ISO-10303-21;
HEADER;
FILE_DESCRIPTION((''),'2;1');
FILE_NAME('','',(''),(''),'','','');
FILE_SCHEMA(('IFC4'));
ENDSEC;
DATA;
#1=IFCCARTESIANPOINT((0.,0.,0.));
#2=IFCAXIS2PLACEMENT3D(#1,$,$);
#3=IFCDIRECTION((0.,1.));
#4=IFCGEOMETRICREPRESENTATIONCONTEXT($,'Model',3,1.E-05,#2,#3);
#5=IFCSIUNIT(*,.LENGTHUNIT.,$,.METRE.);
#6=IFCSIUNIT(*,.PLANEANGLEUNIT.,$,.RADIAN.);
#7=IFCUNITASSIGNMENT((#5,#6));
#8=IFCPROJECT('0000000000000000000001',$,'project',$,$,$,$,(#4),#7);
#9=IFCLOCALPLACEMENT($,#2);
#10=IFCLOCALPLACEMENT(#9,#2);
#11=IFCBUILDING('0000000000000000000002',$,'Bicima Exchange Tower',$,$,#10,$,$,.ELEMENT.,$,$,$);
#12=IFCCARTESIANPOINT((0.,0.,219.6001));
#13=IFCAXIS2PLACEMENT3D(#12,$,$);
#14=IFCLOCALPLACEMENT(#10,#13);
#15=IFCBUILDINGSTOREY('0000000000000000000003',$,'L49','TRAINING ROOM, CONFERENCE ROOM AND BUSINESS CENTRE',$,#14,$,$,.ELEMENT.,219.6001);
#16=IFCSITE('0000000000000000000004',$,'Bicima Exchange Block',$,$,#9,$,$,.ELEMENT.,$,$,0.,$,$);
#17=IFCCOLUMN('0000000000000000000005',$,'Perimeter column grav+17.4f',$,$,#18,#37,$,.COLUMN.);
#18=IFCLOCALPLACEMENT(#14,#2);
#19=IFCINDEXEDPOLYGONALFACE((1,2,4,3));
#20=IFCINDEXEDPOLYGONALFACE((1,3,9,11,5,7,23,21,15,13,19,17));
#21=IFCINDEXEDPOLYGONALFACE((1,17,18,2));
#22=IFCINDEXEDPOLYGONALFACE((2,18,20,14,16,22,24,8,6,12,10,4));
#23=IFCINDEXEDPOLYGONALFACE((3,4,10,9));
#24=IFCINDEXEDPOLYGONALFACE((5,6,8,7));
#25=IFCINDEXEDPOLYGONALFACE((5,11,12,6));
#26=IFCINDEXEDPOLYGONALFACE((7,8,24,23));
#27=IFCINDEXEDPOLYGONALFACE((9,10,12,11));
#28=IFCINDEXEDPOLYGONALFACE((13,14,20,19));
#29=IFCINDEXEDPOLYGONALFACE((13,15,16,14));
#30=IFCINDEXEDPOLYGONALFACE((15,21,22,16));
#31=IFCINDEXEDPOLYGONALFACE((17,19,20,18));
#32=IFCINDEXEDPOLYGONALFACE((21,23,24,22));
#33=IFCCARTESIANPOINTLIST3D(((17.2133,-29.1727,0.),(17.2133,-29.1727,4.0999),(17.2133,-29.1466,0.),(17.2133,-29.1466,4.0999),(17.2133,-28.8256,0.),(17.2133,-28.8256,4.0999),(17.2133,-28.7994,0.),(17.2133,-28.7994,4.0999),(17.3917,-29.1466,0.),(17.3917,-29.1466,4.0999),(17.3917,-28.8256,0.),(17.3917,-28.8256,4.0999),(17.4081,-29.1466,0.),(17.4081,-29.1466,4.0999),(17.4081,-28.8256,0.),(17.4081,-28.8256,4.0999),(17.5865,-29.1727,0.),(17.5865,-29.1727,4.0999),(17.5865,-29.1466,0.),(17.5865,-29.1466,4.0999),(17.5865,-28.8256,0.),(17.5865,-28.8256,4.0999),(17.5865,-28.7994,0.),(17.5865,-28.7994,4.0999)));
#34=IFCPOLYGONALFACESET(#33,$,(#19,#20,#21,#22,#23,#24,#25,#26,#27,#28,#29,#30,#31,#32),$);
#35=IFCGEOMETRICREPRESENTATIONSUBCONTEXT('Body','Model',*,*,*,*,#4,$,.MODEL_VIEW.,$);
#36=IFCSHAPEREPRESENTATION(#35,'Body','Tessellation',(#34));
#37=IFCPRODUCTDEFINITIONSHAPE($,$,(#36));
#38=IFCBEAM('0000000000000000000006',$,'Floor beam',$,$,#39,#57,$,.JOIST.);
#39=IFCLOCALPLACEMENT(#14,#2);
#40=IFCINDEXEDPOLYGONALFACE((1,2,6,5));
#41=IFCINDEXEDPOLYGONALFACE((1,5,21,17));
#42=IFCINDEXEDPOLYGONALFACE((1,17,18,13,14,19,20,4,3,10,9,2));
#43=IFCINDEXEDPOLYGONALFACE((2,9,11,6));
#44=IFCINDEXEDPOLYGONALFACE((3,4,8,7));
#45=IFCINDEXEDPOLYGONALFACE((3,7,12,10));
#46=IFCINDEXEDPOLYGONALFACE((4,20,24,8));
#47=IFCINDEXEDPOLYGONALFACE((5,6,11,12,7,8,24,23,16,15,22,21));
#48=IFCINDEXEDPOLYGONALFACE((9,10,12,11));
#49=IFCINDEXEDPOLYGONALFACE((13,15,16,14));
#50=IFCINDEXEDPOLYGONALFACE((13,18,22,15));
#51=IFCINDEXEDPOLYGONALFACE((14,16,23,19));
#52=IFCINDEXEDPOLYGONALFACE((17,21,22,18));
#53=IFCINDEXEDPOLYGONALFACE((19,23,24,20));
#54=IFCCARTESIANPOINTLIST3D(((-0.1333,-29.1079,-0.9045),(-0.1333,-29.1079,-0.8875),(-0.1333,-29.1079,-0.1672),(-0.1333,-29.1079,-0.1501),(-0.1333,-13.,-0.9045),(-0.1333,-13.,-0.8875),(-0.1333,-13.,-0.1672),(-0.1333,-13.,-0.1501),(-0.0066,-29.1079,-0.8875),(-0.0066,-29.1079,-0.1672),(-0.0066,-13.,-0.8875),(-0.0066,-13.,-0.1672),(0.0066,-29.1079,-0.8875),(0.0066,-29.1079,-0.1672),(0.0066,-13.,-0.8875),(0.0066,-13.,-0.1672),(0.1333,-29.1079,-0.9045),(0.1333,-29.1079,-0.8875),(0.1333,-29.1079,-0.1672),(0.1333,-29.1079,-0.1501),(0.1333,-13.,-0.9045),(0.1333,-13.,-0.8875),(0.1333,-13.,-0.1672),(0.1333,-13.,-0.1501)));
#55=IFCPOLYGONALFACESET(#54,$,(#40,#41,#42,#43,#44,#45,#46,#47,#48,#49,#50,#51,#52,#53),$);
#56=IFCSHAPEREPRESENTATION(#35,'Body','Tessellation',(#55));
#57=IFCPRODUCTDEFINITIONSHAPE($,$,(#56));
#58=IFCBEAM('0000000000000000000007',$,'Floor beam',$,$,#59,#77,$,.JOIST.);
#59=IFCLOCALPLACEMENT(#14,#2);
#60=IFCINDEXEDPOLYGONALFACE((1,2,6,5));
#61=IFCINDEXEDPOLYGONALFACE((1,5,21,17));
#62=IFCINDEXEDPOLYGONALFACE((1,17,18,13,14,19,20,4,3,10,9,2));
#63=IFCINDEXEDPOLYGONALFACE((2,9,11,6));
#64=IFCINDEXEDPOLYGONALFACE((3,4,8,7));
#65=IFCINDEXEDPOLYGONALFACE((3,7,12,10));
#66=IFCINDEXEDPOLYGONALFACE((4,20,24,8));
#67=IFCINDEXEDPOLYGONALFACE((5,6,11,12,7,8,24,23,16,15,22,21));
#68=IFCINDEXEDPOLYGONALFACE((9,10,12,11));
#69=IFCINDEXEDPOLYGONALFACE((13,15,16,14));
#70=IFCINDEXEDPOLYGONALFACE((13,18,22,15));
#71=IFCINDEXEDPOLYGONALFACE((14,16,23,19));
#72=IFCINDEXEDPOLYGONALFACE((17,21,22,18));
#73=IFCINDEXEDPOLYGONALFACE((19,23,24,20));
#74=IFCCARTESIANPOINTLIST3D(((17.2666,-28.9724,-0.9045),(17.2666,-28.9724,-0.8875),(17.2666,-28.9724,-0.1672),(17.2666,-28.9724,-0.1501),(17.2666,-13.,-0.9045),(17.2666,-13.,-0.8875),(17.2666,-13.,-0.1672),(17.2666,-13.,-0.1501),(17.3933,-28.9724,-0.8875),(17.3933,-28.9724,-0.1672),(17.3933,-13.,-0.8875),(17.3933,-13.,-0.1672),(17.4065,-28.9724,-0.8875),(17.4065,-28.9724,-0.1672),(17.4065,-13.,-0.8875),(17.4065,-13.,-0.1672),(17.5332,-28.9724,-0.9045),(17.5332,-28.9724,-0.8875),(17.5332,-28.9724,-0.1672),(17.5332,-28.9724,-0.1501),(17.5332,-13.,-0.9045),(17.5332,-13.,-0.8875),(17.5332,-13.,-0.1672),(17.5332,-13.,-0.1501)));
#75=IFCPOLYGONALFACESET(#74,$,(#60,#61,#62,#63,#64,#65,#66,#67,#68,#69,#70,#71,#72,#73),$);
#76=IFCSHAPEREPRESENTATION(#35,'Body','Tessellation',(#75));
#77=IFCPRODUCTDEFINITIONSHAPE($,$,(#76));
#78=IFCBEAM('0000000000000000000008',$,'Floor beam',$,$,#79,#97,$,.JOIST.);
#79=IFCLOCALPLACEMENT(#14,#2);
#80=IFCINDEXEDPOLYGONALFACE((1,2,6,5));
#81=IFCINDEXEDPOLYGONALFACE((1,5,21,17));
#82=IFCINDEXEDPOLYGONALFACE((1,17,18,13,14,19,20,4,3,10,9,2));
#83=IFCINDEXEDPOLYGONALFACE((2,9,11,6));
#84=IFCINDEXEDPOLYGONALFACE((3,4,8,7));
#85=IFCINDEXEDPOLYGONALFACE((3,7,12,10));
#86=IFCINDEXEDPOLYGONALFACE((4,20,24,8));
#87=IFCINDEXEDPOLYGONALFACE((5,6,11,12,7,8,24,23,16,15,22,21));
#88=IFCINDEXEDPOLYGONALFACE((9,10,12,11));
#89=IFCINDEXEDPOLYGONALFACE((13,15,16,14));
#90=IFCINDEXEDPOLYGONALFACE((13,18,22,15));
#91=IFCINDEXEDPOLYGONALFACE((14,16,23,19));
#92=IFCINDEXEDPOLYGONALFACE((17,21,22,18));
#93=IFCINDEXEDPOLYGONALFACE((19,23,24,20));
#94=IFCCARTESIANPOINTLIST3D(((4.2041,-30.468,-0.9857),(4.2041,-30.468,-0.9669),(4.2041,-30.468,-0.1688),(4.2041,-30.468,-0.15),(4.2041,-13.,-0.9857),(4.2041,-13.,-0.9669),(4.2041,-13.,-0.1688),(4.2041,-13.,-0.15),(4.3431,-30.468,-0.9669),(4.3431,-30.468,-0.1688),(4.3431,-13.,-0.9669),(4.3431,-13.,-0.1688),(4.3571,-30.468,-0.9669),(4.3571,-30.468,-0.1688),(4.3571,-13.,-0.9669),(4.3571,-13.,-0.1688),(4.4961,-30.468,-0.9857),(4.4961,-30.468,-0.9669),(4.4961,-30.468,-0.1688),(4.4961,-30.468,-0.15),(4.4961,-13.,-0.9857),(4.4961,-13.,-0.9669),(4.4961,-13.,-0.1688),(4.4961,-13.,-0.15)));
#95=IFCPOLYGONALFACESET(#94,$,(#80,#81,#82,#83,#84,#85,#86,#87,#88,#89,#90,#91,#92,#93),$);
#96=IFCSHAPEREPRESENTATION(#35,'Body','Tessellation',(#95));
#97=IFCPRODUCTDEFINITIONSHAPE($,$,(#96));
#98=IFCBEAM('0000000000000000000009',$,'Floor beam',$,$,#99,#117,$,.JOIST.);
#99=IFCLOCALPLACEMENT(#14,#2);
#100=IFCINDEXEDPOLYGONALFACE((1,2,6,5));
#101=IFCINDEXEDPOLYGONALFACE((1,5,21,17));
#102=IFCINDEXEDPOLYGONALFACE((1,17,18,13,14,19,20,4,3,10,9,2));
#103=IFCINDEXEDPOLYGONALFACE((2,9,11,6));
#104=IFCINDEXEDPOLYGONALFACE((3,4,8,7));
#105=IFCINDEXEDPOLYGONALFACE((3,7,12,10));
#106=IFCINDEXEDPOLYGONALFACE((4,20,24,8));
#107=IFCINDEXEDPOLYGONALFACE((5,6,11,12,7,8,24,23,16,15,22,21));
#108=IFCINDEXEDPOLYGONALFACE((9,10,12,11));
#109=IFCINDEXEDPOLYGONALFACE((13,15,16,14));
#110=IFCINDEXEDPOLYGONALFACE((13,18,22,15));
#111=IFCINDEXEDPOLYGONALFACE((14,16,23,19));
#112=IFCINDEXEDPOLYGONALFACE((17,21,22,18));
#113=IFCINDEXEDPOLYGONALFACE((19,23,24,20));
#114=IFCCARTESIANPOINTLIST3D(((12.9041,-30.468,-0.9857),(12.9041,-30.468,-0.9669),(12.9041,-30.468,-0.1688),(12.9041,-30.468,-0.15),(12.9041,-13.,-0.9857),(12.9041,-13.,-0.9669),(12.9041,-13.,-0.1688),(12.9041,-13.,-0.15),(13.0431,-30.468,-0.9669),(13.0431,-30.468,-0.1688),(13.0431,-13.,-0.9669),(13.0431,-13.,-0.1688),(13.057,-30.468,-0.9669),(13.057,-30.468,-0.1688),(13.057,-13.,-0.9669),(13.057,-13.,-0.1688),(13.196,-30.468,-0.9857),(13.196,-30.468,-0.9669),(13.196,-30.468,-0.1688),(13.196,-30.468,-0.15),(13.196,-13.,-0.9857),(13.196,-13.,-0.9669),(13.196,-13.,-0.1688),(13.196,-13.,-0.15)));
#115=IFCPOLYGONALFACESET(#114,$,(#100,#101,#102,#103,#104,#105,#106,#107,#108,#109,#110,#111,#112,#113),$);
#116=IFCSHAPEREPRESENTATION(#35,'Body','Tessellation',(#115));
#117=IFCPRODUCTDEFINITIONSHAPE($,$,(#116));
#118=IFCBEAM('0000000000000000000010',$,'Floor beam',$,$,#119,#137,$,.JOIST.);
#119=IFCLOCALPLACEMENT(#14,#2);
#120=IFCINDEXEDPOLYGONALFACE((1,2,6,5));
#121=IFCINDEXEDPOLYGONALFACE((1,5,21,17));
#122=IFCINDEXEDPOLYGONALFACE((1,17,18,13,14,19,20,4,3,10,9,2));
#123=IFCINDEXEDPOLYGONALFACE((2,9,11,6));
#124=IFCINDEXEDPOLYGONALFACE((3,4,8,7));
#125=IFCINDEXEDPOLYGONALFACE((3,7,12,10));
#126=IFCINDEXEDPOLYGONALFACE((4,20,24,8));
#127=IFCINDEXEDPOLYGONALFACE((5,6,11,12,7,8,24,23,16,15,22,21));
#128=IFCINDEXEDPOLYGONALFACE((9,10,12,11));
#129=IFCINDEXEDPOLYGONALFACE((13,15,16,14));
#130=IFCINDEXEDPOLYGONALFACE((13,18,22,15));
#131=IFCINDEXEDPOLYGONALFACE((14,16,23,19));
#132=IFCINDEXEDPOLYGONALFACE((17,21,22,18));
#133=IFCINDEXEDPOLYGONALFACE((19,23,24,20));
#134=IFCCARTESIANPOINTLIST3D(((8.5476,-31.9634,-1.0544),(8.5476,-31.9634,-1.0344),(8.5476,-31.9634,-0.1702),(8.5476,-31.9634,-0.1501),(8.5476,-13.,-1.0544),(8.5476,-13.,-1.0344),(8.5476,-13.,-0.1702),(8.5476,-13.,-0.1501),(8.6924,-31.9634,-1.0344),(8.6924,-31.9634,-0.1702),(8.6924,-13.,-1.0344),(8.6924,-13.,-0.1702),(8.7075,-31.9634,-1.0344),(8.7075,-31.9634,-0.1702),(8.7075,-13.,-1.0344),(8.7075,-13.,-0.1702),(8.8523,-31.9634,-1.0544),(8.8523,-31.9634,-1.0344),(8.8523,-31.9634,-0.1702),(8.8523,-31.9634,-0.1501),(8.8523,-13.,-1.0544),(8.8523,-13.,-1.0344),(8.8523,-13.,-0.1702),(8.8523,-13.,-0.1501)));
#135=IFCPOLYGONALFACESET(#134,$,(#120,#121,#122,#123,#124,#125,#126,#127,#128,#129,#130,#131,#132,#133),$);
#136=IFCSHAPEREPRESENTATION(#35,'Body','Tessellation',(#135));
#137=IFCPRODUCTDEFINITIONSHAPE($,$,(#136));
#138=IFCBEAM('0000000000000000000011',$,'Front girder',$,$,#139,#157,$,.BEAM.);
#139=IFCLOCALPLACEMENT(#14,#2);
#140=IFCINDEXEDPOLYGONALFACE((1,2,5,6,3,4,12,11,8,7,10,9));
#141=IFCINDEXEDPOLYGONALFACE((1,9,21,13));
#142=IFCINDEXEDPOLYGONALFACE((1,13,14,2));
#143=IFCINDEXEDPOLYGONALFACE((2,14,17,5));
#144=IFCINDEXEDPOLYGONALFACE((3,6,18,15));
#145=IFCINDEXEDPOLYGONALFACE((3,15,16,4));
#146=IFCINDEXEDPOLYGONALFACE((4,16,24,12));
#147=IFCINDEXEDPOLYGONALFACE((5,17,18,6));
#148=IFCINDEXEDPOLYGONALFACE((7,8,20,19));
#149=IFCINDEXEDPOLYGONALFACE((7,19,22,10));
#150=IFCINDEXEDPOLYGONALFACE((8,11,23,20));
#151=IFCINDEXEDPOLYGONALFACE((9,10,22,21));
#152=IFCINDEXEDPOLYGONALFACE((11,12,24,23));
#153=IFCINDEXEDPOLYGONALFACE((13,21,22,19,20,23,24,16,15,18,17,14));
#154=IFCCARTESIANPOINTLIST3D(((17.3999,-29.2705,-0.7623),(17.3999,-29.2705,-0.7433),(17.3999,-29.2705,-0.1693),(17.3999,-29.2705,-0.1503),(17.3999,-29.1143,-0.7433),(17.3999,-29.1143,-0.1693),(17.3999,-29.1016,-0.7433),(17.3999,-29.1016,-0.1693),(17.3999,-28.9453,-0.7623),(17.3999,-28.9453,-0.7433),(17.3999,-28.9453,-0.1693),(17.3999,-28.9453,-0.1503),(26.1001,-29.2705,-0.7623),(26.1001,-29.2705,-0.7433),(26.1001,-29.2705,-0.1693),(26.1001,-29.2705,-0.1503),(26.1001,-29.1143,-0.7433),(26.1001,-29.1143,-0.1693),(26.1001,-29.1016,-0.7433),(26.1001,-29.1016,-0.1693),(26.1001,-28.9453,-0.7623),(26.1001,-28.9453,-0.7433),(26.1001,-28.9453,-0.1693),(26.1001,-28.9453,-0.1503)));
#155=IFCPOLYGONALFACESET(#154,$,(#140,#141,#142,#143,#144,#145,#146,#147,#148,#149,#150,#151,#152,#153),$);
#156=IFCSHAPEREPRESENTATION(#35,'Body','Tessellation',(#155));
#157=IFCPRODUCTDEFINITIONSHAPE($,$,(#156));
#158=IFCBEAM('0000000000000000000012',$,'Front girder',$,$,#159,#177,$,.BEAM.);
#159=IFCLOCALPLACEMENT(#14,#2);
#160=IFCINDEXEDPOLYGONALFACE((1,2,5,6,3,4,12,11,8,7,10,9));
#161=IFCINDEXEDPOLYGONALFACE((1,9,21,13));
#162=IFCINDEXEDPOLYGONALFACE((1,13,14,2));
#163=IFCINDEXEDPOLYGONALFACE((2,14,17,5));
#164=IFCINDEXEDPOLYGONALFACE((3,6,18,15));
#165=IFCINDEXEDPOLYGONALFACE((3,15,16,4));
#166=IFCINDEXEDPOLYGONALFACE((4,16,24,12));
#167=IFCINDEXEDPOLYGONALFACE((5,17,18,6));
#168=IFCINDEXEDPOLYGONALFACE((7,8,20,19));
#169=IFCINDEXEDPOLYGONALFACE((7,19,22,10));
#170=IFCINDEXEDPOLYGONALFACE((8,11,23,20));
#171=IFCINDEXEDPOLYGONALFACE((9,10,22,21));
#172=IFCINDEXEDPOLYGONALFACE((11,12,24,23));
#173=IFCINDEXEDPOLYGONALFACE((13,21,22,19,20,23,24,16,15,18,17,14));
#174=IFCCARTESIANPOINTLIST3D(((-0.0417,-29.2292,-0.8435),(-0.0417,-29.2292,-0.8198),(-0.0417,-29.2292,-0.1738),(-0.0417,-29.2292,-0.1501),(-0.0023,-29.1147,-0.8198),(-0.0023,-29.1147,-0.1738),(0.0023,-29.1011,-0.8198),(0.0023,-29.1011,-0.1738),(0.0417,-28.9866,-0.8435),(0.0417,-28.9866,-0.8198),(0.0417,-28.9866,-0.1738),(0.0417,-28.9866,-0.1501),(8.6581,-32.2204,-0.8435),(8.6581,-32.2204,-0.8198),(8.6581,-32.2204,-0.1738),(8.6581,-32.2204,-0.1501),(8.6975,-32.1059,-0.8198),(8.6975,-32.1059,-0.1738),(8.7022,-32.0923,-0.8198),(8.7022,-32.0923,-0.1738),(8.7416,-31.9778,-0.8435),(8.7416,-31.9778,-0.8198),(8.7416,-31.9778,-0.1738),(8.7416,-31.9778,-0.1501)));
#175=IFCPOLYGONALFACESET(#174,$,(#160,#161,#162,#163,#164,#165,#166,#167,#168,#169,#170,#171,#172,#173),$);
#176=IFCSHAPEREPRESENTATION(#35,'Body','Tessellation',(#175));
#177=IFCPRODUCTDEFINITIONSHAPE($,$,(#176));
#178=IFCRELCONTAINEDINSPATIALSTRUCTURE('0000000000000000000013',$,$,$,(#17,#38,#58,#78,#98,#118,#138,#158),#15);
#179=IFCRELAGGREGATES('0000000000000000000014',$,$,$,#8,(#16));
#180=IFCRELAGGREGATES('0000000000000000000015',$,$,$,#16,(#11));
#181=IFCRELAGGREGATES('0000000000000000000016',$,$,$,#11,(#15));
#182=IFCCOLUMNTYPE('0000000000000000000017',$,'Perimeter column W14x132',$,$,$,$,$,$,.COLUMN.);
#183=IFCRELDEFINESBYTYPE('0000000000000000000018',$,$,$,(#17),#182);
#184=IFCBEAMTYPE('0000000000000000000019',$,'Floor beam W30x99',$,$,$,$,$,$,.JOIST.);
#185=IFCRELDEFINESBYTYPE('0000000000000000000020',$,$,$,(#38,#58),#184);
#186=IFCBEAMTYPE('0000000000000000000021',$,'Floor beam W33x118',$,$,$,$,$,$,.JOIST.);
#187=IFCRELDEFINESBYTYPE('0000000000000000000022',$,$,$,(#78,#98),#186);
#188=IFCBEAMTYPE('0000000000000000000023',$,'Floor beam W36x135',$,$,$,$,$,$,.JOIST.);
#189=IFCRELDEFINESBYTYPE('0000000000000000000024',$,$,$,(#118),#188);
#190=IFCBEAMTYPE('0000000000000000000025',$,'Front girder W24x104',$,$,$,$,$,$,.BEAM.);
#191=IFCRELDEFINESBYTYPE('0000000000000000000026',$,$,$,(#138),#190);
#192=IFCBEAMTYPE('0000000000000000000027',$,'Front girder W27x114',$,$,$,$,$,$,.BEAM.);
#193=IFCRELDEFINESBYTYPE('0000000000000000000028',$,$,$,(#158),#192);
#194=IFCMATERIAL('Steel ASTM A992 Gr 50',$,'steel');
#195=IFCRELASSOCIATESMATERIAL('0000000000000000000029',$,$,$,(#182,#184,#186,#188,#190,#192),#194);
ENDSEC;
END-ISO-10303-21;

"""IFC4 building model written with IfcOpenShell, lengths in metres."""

from ifc_helpers import new_model, si_unit, direction, frame, origin, origin_2d, place, context, subcontext, project, spatial, i_section, extrude, material, material_profile, profile_set, type_object, element, save


model = new_model("IFC4")

# Units and contexts
model_context = context("Model", 3, precision=1e-05, world=origin(), true_north=direction((0.0, 1.0)))
body_context = subcontext(model_context, "Body", "Model", "MODEL_VIEW")
ifc_project = project(units=[si_unit("LENGTHUNIT", "METRE"), si_unit("PLANEANGLEUNIT", "RADIAN")], contexts=[model_context])

# Site, building, storey
site_placement = place(None, origin())
site = spatial("IfcSite", under=ifc_project, at=site_placement, Name="Bicima Exchange Block", CompositionType="ELEMENT", RefElevation=0.0)
building_placement = place(site_placement, origin())
building = spatial("IfcBuilding", under=site, at=building_placement, Name="Bicima Exchange Tower", CompositionType="ELEMENT")
storey_placement = place(building_placement, frame((0.0, 0.0, 219.6001)))
storey = spatial("IfcBuildingStorey", under=building, at=storey_placement, Name="L49", Description="TRAINING ROOM, CONFERENCE ROOM AND BUSINESS CENTRE", CompositionType="ELEMENT", Elevation=219.6001)

# Column
ifc_material_1 = material(Name="Steel ASTM A992 Gr 50", Category="steel")
ifc_material_profile_1 = material_profile(ifc_material_1, i_section(OverallWidth=0.3733, OverallDepth=0.3733, WebThickness=0.0164, FlangeThickness=0.0261, at=origin_2d()))
ifc_profile_set_1 = profile_set([ifc_material_profile_1], Name="Steel ASTM A992 Gr 50")
column_type = type_object("IfcColumnType", Name="Perimeter column W14x132", PredefinedType="COLUMN", material=ifc_profile_set_1)
column_placement = place(storey_placement, frame((17.3999, -28.9861, 0.0), z_axis=(0.0, 0.0, 1.0), x_axis=(1.0, 0.0, 0.0)))
element("IfcColumn", 1, at=column_placement, inside=storey, type_object=column_type, Name="Perimeter column grav+17.4f", PredefinedType="COLUMN", context=body_context, shape_type="SweptSolid", body=[
    extrude(i_section(OverallWidth=0.3733, OverallDepth=0.3733, WebThickness=0.0164, FlangeThickness=0.0261, at=origin_2d()), origin(), (0.0, 0.0, 1.0), 4.0999),
])

# Beams
ifc_material_profile_2 = material_profile(ifc_material_1, i_section(OverallWidth=0.2666, OverallDepth=0.7544, WebThickness=0.0132, FlangeThickness=0.0171, at=origin_2d()))
ifc_profile_set_2 = profile_set([ifc_material_profile_2], Name="Steel ASTM A992 Gr 50")
beam_type_1 = type_object("IfcBeamType", Name="Floor beam W30x99", PredefinedType="JOIST", material=ifc_profile_set_2)
beam_1_placement = place(storey_placement, frame((0.0, -13.0, -0.5273), z_axis=(0.0, -1.0, 0.0), x_axis=(1.0, 0.0, 0.0)))
element("IfcBeam", 2, at=beam_1_placement, inside=storey, type_object=beam_type_1, Name="Floor beam", PredefinedType="JOIST", context=body_context, shape_type="SweptSolid", body=[
    extrude(i_section(OverallWidth=0.2666, OverallDepth=0.7544, WebThickness=0.0132, FlangeThickness=0.0171, at=origin_2d()), origin(), (0.0, 0.0, 1.0), 16.1079),
])
beam_2_placement = place(storey_placement, frame((17.3999, -13.0, -0.5273), z_axis=(0.0, -1.0, 0.0), x_axis=(1.0, 0.0, 0.0)))
element("IfcBeam", 3, at=beam_2_placement, inside=storey, type_object=beam_type_1, Name="Floor beam", PredefinedType="JOIST", context=body_context, shape_type="SweptSolid", body=[
    extrude(i_section(OverallWidth=0.2666, OverallDepth=0.7544, WebThickness=0.0132, FlangeThickness=0.0171, at=origin_2d()), origin(), (0.0, 0.0, 1.0), 15.9724),
])
ifc_material_profile_3 = material_profile(ifc_material_1, i_section(OverallWidth=0.292, OverallDepth=0.8357, WebThickness=0.0139, FlangeThickness=0.0188, at=origin_2d()))
ifc_profile_set_3 = profile_set([ifc_material_profile_3], Name="Steel ASTM A992 Gr 50")
beam_type_2 = type_object("IfcBeamType", Name="Floor beam W33x118", PredefinedType="JOIST", material=ifc_profile_set_3)
for number, where, z_axis, x_axis, name in (
    (4, (4.3501, -13.0, -0.5679), (0.0, -1.0, 0.0), (1.0, 0.0, 0.0), "Floor beam"),
    (5, (13.05, -13.0, -0.5679), (0.0, -1.0, 0.0), (1.0, 0.0, 0.0), "Floor beam"),
):
    element("IfcBeam", number, at=place(storey_placement, frame(where, z_axis=z_axis, x_axis=x_axis)), inside=storey, type_object=beam_type_2, Name=name, PredefinedType="JOIST", context=body_context, shape_type="SweptSolid", body=[
        extrude(i_section(OverallWidth=0.292, OverallDepth=0.8357, WebThickness=0.0139, FlangeThickness=0.0188, at=origin_2d()), origin(), (0.0, 0.0, 1.0), 17.468),
    ])
ifc_material_profile_4 = material_profile(ifc_material_1, i_section(OverallWidth=0.3047, OverallDepth=0.9043, WebThickness=0.0151, FlangeThickness=0.02, at=origin_2d()))
ifc_profile_set_4 = profile_set([ifc_material_profile_4], Name="Steel ASTM A992 Gr 50")
beam_type_3 = type_object("IfcBeamType", Name="Floor beam W36x135", PredefinedType="JOIST", material=ifc_profile_set_4)
beam_3_placement = place(storey_placement, frame((8.7, -13.0, -0.6023), z_axis=(0.0, -1.0, 0.0), x_axis=(1.0, 0.0, 0.0)))
element("IfcBeam", 6, at=beam_3_placement, inside=storey, type_object=beam_type_3, Name="Floor beam", PredefinedType="JOIST", context=body_context, shape_type="SweptSolid", body=[
    extrude(i_section(OverallWidth=0.3047, OverallDepth=0.9043, WebThickness=0.0151, FlangeThickness=0.02, at=origin_2d()), origin(), (0.0, 0.0, 1.0), 18.9634),
])
ifc_material_profile_5 = material_profile(ifc_material_1, i_section(OverallWidth=0.3252, OverallDepth=0.6121, WebThickness=0.0127, FlangeThickness=0.019, at=origin_2d()))
ifc_profile_set_5 = profile_set([ifc_material_profile_5], Name="Steel ASTM A992 Gr 50")
beam_type_4 = type_object("IfcBeamType", Name="Front girder W24x104", PredefinedType="BEAM", material=ifc_profile_set_5)
beam_4_placement = place(storey_placement, frame((17.3999, -29.1079, -0.4563), z_axis=(1.0, 0.0, 0.0), x_axis=(0.0, 1.0, 0.0)))
element("IfcBeam", 7, at=beam_4_placement, inside=storey, type_object=beam_type_4, Name="Front girder", PredefinedType="BEAM", context=body_context, shape_type="SweptSolid", body=[
    extrude(i_section(OverallWidth=0.3252, OverallDepth=0.6121, WebThickness=0.0127, FlangeThickness=0.019, at=origin_2d()), origin(), (0.0, 0.0, 1.0), 8.7002),
])
ifc_material_profile_6 = material_profile(ifc_material_1, i_section(OverallWidth=0.2566, OverallDepth=0.6934, WebThickness=0.0144, FlangeThickness=0.0237, at=origin_2d()))
ifc_profile_set_6 = profile_set([ifc_material_profile_6], Name="Steel ASTM A992 Gr 50")
beam_type_5 = type_object("IfcBeamType", Name="Front girder W27x114", PredefinedType="BEAM", material=ifc_profile_set_6)
beam_5_placement = place(storey_placement, frame((0.0, -29.1079, -0.4968), z_axis=(0.945666, -0.325138, 0.0), x_axis=(0.325138, 0.945666, 0.0)))
element("IfcBeam", 8, at=beam_5_placement, inside=storey, type_object=beam_type_5, Name="Front girder", PredefinedType="BEAM", context=body_context, shape_type="SweptSolid", body=[
    extrude(i_section(OverallWidth=0.2566, OverallDepth=0.6934, WebThickness=0.0144, FlangeThickness=0.0237, at=origin_2d()), origin(), (0.0, 0.0, 1.0), 9.1997),
])

save(model, "model.ifc")
